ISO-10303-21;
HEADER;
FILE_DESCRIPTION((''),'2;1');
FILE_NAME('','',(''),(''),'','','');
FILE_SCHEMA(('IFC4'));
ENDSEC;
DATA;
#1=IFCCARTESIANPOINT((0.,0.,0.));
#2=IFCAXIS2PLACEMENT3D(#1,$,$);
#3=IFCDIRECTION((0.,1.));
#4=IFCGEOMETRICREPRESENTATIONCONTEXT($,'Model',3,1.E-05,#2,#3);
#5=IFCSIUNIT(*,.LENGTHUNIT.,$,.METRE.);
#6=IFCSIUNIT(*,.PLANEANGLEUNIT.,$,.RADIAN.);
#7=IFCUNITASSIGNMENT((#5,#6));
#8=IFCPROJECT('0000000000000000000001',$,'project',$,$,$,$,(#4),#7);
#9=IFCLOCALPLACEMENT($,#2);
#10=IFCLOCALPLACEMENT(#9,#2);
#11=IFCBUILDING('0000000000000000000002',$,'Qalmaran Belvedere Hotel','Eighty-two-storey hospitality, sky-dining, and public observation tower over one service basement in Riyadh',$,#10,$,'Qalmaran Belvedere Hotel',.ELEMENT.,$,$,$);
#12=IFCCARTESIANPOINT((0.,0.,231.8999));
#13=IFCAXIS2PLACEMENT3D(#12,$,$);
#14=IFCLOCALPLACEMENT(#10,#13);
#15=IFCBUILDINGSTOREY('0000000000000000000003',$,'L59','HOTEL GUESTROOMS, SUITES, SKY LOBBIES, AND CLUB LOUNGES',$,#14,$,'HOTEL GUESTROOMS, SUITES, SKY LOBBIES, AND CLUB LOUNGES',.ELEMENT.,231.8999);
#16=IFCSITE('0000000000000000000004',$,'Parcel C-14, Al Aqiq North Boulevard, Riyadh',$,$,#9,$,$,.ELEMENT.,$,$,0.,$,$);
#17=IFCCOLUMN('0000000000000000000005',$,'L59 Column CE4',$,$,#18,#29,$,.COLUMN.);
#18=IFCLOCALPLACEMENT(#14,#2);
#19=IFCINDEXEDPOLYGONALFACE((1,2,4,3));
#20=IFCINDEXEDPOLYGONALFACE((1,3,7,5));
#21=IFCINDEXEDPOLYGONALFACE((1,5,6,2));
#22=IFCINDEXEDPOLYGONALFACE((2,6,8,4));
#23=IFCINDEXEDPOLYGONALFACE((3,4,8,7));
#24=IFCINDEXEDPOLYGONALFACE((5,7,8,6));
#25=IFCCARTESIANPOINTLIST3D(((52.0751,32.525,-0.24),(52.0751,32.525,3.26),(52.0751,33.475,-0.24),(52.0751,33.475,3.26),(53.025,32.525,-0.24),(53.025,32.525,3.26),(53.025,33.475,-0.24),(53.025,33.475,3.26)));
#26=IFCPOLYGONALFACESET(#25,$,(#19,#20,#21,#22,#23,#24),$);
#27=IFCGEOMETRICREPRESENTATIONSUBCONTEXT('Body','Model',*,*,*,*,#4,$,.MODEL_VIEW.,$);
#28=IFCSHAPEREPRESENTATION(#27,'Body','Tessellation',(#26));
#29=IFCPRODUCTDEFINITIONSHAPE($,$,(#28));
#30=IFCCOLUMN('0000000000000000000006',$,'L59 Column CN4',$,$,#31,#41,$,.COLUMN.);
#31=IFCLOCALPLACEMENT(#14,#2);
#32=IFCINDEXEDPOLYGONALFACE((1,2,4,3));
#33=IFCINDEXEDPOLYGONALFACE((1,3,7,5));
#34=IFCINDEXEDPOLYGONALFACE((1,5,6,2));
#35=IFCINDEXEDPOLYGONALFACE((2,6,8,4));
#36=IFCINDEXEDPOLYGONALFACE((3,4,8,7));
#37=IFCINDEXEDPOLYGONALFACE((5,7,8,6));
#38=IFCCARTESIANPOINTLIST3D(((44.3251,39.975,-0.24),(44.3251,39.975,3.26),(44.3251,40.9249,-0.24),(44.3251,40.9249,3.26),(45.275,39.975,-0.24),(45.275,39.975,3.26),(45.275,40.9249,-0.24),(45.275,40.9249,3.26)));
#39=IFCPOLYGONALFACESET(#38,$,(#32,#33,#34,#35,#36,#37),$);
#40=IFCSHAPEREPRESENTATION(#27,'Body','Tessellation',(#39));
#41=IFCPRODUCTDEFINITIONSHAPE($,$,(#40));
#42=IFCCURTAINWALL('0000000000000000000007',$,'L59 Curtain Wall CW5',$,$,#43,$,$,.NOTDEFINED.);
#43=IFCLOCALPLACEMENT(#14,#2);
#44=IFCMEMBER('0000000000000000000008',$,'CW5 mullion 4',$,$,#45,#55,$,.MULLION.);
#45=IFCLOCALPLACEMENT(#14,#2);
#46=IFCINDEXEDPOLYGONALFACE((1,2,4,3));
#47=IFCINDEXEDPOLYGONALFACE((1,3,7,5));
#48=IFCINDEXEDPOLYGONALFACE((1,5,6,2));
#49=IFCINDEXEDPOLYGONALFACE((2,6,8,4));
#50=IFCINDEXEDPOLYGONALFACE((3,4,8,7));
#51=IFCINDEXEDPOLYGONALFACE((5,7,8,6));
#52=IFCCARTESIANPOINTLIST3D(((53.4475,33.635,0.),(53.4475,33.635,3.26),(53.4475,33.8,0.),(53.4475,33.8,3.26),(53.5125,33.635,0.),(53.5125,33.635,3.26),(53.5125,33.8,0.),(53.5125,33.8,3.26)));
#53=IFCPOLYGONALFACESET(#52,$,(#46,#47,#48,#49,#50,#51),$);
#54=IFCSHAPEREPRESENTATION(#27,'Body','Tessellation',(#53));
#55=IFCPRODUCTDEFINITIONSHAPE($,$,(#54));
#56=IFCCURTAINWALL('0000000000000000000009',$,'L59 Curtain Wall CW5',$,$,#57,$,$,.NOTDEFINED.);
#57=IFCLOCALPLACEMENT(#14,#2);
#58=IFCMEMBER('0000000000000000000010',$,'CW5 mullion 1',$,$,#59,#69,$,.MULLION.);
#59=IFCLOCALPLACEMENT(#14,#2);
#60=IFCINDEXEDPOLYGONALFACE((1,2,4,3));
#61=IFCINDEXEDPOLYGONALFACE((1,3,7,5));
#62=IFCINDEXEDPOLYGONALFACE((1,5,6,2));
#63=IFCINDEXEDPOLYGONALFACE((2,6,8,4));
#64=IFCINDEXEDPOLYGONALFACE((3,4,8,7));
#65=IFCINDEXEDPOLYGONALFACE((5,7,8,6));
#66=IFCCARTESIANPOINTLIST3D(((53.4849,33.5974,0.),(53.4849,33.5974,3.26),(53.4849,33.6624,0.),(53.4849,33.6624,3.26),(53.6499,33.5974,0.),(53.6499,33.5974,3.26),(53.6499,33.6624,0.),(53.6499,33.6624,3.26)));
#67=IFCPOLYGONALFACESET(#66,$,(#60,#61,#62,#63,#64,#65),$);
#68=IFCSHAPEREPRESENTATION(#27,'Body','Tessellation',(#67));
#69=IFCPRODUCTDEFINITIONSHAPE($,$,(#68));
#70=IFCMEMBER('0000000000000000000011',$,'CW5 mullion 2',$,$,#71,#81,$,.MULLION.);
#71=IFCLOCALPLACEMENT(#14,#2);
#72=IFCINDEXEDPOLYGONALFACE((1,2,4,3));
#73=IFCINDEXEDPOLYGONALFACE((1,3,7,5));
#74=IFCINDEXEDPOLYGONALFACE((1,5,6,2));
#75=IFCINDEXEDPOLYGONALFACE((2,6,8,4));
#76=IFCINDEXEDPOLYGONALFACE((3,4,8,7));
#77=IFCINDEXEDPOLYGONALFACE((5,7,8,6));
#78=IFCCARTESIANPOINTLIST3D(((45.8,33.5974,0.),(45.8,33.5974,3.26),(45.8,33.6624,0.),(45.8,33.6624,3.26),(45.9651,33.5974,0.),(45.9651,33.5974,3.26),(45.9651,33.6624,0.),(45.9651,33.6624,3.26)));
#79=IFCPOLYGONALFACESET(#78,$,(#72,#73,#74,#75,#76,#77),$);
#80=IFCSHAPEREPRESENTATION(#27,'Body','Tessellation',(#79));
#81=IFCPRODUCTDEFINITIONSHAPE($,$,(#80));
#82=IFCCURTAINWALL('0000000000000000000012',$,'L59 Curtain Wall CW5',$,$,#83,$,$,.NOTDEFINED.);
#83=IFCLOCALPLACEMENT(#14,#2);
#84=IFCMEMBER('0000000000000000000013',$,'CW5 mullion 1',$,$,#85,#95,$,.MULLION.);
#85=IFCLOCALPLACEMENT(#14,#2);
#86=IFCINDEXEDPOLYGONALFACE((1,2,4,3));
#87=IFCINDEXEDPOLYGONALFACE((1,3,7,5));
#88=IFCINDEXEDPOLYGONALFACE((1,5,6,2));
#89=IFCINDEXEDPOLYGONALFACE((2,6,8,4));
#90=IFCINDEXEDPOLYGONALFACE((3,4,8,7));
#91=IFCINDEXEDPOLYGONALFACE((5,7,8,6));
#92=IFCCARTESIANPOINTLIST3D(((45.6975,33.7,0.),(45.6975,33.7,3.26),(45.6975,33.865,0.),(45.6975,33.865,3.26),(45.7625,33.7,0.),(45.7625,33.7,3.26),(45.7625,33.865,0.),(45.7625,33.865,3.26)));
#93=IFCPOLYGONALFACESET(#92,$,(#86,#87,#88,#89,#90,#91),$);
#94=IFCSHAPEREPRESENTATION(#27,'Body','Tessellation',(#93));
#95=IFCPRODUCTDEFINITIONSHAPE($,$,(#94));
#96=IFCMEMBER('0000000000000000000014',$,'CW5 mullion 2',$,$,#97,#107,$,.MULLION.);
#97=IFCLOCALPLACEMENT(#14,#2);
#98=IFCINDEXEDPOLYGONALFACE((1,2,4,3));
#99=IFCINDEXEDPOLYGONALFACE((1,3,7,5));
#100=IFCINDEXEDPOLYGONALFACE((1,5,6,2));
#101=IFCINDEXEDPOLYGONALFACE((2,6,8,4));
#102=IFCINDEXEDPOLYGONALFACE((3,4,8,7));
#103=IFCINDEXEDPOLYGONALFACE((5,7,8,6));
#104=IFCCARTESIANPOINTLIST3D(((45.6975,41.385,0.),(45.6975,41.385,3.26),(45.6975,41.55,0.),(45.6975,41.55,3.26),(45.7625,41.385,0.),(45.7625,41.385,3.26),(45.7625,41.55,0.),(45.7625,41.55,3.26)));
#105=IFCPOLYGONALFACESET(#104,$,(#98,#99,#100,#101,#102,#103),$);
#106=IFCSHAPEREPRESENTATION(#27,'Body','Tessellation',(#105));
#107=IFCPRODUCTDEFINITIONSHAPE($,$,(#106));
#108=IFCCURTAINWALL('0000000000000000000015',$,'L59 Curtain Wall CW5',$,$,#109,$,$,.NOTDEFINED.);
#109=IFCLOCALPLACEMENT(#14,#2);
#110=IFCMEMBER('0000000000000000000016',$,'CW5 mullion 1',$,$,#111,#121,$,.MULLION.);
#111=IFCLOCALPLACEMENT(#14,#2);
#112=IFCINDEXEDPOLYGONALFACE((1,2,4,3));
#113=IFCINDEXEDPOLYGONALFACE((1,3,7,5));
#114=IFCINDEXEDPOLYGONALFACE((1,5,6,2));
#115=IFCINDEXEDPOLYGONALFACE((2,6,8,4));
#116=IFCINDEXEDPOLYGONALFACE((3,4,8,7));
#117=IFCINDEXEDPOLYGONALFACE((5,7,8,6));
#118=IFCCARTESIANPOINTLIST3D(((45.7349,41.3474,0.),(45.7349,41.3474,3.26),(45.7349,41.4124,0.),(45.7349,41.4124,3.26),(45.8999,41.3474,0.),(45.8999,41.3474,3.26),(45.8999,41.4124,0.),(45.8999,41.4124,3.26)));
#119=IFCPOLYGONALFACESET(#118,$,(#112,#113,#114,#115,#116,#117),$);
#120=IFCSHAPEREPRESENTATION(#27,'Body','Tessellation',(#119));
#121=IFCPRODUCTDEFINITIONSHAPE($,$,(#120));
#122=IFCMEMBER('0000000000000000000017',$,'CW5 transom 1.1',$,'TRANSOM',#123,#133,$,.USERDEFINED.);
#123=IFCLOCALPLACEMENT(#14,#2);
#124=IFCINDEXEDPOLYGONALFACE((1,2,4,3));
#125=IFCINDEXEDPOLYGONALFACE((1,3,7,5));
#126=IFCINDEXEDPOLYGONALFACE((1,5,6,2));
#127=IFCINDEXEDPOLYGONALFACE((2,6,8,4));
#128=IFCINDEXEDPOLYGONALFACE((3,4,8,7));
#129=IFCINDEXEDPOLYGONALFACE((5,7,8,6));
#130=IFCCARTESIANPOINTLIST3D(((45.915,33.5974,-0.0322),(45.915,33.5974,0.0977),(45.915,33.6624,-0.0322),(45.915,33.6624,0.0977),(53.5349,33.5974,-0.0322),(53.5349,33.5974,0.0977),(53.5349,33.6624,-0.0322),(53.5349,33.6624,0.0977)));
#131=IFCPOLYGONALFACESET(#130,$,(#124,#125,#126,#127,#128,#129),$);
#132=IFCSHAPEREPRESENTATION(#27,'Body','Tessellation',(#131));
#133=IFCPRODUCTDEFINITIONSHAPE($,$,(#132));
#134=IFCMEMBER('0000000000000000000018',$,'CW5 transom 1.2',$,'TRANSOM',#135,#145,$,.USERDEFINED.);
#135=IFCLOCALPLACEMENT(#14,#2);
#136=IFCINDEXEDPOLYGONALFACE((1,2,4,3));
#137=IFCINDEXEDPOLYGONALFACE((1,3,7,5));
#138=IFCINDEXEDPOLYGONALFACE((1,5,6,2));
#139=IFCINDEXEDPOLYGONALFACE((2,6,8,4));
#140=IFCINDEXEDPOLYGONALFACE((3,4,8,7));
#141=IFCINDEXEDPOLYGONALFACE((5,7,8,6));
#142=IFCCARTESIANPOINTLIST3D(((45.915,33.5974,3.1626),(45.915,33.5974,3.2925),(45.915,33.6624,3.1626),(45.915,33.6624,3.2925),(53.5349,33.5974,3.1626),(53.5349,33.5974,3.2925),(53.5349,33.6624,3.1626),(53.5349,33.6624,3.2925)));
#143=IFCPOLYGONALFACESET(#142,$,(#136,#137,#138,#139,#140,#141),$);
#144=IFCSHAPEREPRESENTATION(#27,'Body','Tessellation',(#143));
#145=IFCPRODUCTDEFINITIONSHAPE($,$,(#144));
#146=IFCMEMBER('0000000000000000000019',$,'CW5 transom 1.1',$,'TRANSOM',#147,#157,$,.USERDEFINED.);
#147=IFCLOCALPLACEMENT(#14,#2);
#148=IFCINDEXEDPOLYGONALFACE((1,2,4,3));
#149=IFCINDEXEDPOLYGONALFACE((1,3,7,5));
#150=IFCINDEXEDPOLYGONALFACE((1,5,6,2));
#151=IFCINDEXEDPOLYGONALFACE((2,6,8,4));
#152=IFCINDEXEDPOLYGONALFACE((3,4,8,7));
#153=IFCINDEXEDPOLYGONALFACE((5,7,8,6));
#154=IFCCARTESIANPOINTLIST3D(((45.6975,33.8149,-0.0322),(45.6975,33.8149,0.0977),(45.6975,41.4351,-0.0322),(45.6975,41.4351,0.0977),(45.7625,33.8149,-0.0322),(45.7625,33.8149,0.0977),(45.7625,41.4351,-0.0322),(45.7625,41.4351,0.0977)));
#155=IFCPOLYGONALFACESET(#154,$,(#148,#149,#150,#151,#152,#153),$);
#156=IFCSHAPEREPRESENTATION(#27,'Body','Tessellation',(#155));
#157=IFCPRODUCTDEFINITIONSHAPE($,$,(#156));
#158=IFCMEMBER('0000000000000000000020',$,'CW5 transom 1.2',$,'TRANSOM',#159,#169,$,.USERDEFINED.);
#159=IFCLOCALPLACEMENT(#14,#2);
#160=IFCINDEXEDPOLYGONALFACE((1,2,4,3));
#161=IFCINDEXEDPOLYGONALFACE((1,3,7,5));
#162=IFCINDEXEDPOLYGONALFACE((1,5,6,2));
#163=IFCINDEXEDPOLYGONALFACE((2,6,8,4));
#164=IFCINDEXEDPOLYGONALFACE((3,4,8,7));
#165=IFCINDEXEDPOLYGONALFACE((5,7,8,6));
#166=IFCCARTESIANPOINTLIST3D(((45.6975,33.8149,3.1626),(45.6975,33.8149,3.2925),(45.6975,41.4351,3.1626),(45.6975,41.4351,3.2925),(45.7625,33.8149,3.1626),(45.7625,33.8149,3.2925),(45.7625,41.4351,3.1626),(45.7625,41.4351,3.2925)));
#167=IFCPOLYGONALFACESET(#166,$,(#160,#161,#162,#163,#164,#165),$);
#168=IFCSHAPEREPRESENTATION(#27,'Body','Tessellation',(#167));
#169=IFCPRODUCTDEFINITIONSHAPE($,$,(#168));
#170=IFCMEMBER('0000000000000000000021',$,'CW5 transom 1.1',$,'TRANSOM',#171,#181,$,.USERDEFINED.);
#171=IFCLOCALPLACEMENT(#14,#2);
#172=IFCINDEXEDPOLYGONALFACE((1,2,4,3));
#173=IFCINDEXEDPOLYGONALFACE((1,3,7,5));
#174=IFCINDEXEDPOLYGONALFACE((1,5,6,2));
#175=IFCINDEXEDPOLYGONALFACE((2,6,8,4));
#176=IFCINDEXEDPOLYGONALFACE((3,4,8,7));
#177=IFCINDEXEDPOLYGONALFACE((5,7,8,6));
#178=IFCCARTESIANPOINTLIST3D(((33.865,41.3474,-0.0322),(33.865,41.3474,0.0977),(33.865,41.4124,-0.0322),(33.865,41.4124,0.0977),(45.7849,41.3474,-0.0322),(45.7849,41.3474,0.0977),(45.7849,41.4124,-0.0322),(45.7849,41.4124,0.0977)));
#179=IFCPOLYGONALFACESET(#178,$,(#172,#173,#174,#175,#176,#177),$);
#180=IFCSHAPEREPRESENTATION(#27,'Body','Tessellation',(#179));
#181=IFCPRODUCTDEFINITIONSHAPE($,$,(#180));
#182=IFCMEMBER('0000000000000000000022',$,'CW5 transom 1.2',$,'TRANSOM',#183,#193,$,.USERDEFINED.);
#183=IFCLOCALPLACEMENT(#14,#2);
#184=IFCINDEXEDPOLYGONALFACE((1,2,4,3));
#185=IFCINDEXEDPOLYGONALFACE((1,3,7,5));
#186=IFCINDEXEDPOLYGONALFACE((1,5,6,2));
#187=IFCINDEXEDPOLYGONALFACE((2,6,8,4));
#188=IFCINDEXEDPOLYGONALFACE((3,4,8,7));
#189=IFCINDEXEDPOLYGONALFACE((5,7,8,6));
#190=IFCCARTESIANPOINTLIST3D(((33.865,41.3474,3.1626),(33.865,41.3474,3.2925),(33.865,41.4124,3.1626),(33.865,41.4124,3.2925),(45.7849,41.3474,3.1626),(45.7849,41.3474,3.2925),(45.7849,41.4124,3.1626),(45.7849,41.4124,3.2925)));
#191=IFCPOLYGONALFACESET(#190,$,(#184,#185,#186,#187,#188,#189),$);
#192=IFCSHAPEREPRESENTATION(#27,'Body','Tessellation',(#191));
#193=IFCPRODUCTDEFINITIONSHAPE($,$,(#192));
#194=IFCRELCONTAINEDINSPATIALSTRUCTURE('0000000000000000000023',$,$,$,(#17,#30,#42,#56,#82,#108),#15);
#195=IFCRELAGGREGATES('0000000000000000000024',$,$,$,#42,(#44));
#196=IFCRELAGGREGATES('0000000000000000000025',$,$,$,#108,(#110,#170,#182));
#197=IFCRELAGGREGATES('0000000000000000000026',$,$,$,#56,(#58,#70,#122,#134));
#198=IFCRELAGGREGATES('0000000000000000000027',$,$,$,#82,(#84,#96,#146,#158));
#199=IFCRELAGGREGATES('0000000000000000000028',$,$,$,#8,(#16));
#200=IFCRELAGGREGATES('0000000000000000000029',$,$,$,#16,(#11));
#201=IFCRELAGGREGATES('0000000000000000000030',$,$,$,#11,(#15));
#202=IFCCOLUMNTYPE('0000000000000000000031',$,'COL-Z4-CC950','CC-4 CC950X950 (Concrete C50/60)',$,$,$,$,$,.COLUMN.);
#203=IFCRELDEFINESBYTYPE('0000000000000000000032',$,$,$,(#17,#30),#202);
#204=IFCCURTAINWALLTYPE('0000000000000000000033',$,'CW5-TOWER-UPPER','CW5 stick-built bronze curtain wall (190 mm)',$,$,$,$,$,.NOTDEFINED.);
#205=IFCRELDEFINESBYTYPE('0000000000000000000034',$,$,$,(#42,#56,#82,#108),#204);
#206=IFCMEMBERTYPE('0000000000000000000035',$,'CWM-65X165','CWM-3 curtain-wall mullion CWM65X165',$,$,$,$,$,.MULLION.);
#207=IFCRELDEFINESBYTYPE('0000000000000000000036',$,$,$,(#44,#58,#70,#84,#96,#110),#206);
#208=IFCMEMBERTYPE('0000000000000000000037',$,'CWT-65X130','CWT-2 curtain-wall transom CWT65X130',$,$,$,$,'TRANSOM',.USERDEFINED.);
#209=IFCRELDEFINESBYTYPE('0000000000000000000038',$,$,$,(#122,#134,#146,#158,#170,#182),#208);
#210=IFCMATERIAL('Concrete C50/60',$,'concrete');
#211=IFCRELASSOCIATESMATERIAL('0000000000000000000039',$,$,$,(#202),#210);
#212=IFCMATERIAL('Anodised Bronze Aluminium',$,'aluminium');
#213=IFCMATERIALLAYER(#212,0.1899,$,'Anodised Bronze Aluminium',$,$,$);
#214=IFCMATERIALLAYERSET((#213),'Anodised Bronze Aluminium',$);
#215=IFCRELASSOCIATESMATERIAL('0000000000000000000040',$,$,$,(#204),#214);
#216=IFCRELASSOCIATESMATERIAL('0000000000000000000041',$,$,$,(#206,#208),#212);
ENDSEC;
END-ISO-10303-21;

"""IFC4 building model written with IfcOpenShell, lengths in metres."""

from ifc_helpers import new_model, si_unit, direction, frame, origin, origin_2d, place, context, subcontext, project, spatial, rectangle, extrude, material, layer, layer_set, material_profile, profile_set, type_object, element, aggregate, save


model = new_model("IFC4")

# Units and contexts
model_context = context("Model", 3, precision=1e-05, world=origin(), true_north=direction((0.0, 1.0)))
body_context = subcontext(model_context, "Body", "Model", "MODEL_VIEW")
ifc_project = project(units=[si_unit("LENGTHUNIT", "METRE"), si_unit("PLANEANGLEUNIT", "RADIAN")], contexts=[model_context])

# Site, building, storey
site_placement = place(None, origin())
site = spatial("IfcSite", under=ifc_project, at=site_placement, Name="Parcel C-14, Al Aqiq North Boulevard, Riyadh", CompositionType="ELEMENT", RefElevation=0.0)
building_placement = place(site_placement, origin())
building = spatial("IfcBuilding", under=site, at=building_placement, Name="Qalmaran Belvedere Hotel", Description="Eighty-two-storey hospitality, sky-dining, and public observation tower over one service basement in Riyadh", LongName="Qalmaran Belvedere Hotel", CompositionType="ELEMENT")
storey_placement = place(building_placement, frame((0.0, 0.0, 231.8999)))
storey = spatial("IfcBuildingStorey", under=building, at=storey_placement, Name="L59", Description="HOTEL GUESTROOMS, SUITES, SKY LOBBIES, AND CLUB LOUNGES", LongName="HOTEL GUESTROOMS, SUITES, SKY LOBBIES, AND CLUB LOUNGES", CompositionType="ELEMENT", Elevation=231.8999)

# Columns
ifc_material_1 = material(Name="Concrete C50/60", Category="concrete")
ifc_material_profile_1 = material_profile(ifc_material_1, rectangle(XDim=0.95, YDim=0.95, at=origin_2d()), Name="CC950X950")
ifc_profile_set_1 = profile_set([ifc_material_profile_1], Name="Concrete C50/60")
column_type = type_object("IfcColumnType", Name="COL-Z4-CC950", Description="CC-4 CC950X950 (Concrete C50/60)", PredefinedType="COLUMN", material=ifc_profile_set_1)
for number, where, z_axis, x_axis, name in (
    (1, (52.55, 33.0, -0.24), (0.0, 0.0, 1.0), (1.0, 0.0, 0.0), "L59 Column CE4"),
    (2, (44.8, 40.45, -0.24), (0.0, 0.0, 1.0), (1.0, 0.0, 0.0), "L59 Column CN4"),
):
    element("IfcColumn", number, at=place(storey_placement, frame(where, z_axis=z_axis, x_axis=x_axis)), inside=storey, type_object=column_type, Name=name, PredefinedType="COLUMN", context=body_context, shape_type="SweptSolid", body=[
        extrude(rectangle(XDim=0.95, YDim=0.95, at=origin_2d()), origin(), (0.0, 0.0, 1.0), 3.5),
    ])

# Curtain wall, member
ifc_material_2 = material(Name="Anodised Bronze Aluminium", Category="aluminium")
ifc_layer_1 = layer(ifc_material_2, 0.1899, Name="Anodised Bronze Aluminium")
ifc_layer_set_1 = layer_set([ifc_layer_1], Name="Anodised Bronze Aluminium")
curtain_wall_type = type_object("IfcCurtainWallType", Name="CW5-TOWER-UPPER", Description="CW5 stick-built bronze curtain wall (190 mm)", PredefinedType="NOTDEFINED", material=ifc_layer_set_1)
curtain_wall_1_placement = place(storey_placement, origin())
curtain_wall_1 = element("IfcCurtainWall", 3, at=curtain_wall_1_placement, inside=storey, type_object=curtain_wall_type, Name="L59 Curtain Wall CW5", PredefinedType="NOTDEFINED")
ifc_material_profile_2 = material_profile(ifc_material_2, rectangle(XDim=0.0649, YDim=0.165, at=origin_2d()), Name="CWM65X165")
ifc_profile_set_2 = profile_set([ifc_material_profile_2], Name="Anodised Bronze Aluminium")
member_type_1 = type_object("IfcMemberType", Name="CWM-65X165", Description="CWM-3 curtain-wall mullion CWM65X165", PredefinedType="MULLION", material=ifc_profile_set_2)
member_1_placement = place(storey_placement, frame((53.48, 33.7175, 0.0), z_axis=(0.0, 0.0, 1.0), x_axis=(-1.0, 0.0, 0.0)))
member_1 = element("IfcMember", 4, at=member_1_placement, type_object=member_type_1, Name="CW5 mullion 4", PredefinedType="MULLION", context=body_context, shape_type="SweptSolid", body=[
    extrude(rectangle(XDim=0.0649, YDim=0.165, at=origin_2d()), origin(), (0.0, 0.0, 1.0), 3.26),
])
aggregate(curtain_wall_1, [member_1])

# Curtain walls, members
curtain_wall_2_placement = place(storey_placement, origin())
curtain_wall_2 = element("IfcCurtainWall", 5, at=curtain_wall_2_placement, inside=storey, type_object=curtain_wall_type, Name="L59 Curtain Wall CW5", PredefinedType="NOTDEFINED")
member_2_placement = place(storey_placement, frame((53.5674, 33.6299, 0.0), z_axis=(0.0, 0.0, 1.0), x_axis=(0.0, -1.0, 0.0)))
member_2 = element("IfcMember", 6, at=member_2_placement, type_object=member_type_1, Name="CW5 mullion 1", PredefinedType="MULLION", context=body_context, shape_type="SweptSolid", body=[
    extrude(rectangle(XDim=0.0649, YDim=0.165, at=origin_2d()), origin(), (0.0, 0.0, 1.0), 3.26),
])
member_3_placement = place(storey_placement, frame((45.8826, 33.6299, 0.0), z_axis=(0.0, 0.0, 1.0), x_axis=(0.0, -1.0, 0.0)))
member_3 = element("IfcMember", 7, at=member_3_placement, type_object=member_type_1, Name="CW5 mullion 2", PredefinedType="MULLION", context=body_context, shape_type="SweptSolid", body=[
    extrude(rectangle(XDim=0.0649, YDim=0.165, at=origin_2d()), origin(), (0.0, 0.0, 1.0), 3.26),
])
curtain_wall_3_placement = place(storey_placement, origin())
curtain_wall_3 = element("IfcCurtainWall", 8, at=curtain_wall_3_placement, inside=storey, type_object=curtain_wall_type, Name="L59 Curtain Wall CW5", PredefinedType="NOTDEFINED")
member_4_placement = place(storey_placement, frame((45.73, 33.7825, 0.0), z_axis=(0.0, 0.0, 1.0), x_axis=(-1.0, 0.0, 0.0)))
member_4 = element("IfcMember", 9, at=member_4_placement, type_object=member_type_1, Name="CW5 mullion 1", PredefinedType="MULLION", context=body_context, shape_type="SweptSolid", body=[
    extrude(rectangle(XDim=0.0649, YDim=0.165, at=origin_2d()), origin(), (0.0, 0.0, 1.0), 3.26),
])
member_5_placement = place(storey_placement, frame((45.73, 41.4675, 0.0), z_axis=(0.0, 0.0, 1.0), x_axis=(-1.0, 0.0, 0.0)))
member_5 = element("IfcMember", 10, at=member_5_placement, type_object=member_type_1, Name="CW5 mullion 2", PredefinedType="MULLION", context=body_context, shape_type="SweptSolid", body=[
    extrude(rectangle(XDim=0.0649, YDim=0.165, at=origin_2d()), origin(), (0.0, 0.0, 1.0), 3.26),
])

# Curtain wall, member
curtain_wall_4_placement = place(storey_placement, origin())
curtain_wall_4 = element("IfcCurtainWall", 11, at=curtain_wall_4_placement, inside=storey, type_object=curtain_wall_type, Name="L59 Curtain Wall CW5", PredefinedType="NOTDEFINED")
member_6_placement = place(storey_placement, frame((45.8174, 41.3799, 0.0), z_axis=(0.0, 0.0, 1.0), x_axis=(0.0, -1.0, 0.0)))
member_6 = element("IfcMember", 12, at=member_6_placement, type_object=member_type_1, Name="CW5 mullion 1", PredefinedType="MULLION", context=body_context, shape_type="SweptSolid", body=[
    extrude(rectangle(XDim=0.0649, YDim=0.165, at=origin_2d()), origin(), (0.0, 0.0, 1.0), 3.26),
])

# Members
ifc_material_profile_3 = material_profile(ifc_material_2, rectangle(XDim=0.0649, YDim=0.1299, at=origin_2d()), Name="CWT65X130")
ifc_profile_set_3 = profile_set([ifc_material_profile_3], Name="Anodised Bronze Aluminium")
member_type_2 = type_object("IfcMemberType", Name="CWT-65X130", Description="CWT-2 curtain-wall transom CWT65X130", ElementType="TRANSOM", PredefinedType="USERDEFINED", material=ifc_profile_set_3)
member_7_placement = place(storey_placement, frame((53.5349, 33.6299, 0.0327), z_axis=(-1.0, 0.0, 0.0), x_axis=(0.0, -1.0, 0.0)))
member_7 = element("IfcMember", 13, at=member_7_placement, type_object=member_type_2, Name="CW5 transom 1.1", ObjectType="TRANSOM", PredefinedType="USERDEFINED", context=body_context, shape_type="SweptSolid", body=[
    extrude(rectangle(XDim=0.0649, YDim=0.1299, at=origin_2d()), origin(), (0.0, 0.0, 1.0), 7.6199),
])
member_8_placement = place(storey_placement, frame((53.5349, 33.6299, 3.2275), z_axis=(-1.0, 0.0, 0.0), x_axis=(0.0, -1.0, 0.0)))
member_8 = element("IfcMember", 14, at=member_8_placement, type_object=member_type_2, Name="CW5 transom 1.2", ObjectType="TRANSOM", PredefinedType="USERDEFINED", context=body_context, shape_type="SweptSolid", body=[
    extrude(rectangle(XDim=0.0649, YDim=0.1299, at=origin_2d()), origin(), (0.0, 0.0, 1.0), 7.6199),
])
member_9_placement = place(storey_placement, frame((45.73, 33.8149, 0.0327), z_axis=(0.0, 1.0, 0.0), x_axis=(-1.0, 0.0, 0.0)))
member_9 = element("IfcMember", 15, at=member_9_placement, type_object=member_type_2, Name="CW5 transom 1.1", ObjectType="TRANSOM", PredefinedType="USERDEFINED", context=body_context, shape_type="SweptSolid", body=[
    extrude(rectangle(XDim=0.0649, YDim=0.1299, at=origin_2d()), origin(), (0.0, 0.0, 1.0), 7.6201),
])
member_10_placement = place(storey_placement, frame((45.73, 33.8149, 3.2275), z_axis=(0.0, 1.0, 0.0), x_axis=(-1.0, 0.0, 0.0)))
member_10 = element("IfcMember", 16, at=member_10_placement, type_object=member_type_2, Name="CW5 transom 1.2", ObjectType="TRANSOM", PredefinedType="USERDEFINED", context=body_context, shape_type="SweptSolid", body=[
    extrude(rectangle(XDim=0.0649, YDim=0.1299, at=origin_2d()), origin(), (0.0, 0.0, 1.0), 7.6201),
])
member_11_placement = place(storey_placement, frame((45.7849, 41.3799, 0.0327), z_axis=(-1.0, 0.0, 0.0), x_axis=(0.0, -1.0, 0.0)))
member_11 = element("IfcMember", 17, at=member_11_placement, type_object=member_type_2, Name="CW5 transom 1.1", ObjectType="TRANSOM", PredefinedType="USERDEFINED", context=body_context, shape_type="SweptSolid", body=[
    extrude(rectangle(XDim=0.0649, YDim=0.1299, at=origin_2d()), origin(), (0.0, 0.0, 1.0), 11.9199),
])
member_12_placement = place(storey_placement, frame((45.7849, 41.3799, 3.2275), z_axis=(-1.0, 0.0, 0.0), x_axis=(0.0, -1.0, 0.0)))
member_12 = element("IfcMember", 18, at=member_12_placement, type_object=member_type_2, Name="CW5 transom 1.2", ObjectType="TRANSOM", PredefinedType="USERDEFINED", context=body_context, shape_type="SweptSolid", body=[
    extrude(rectangle(XDim=0.0649, YDim=0.1299, at=origin_2d()), origin(), (0.0, 0.0, 1.0), 11.9199),
])
aggregate(curtain_wall_4, [member_6, member_11, member_12])

aggregate(curtain_wall_2, [member_2, member_3, member_7, member_8])
aggregate(curtain_wall_3, [member_4, member_5, member_9, member_10])

save(model, "model.ifc")
